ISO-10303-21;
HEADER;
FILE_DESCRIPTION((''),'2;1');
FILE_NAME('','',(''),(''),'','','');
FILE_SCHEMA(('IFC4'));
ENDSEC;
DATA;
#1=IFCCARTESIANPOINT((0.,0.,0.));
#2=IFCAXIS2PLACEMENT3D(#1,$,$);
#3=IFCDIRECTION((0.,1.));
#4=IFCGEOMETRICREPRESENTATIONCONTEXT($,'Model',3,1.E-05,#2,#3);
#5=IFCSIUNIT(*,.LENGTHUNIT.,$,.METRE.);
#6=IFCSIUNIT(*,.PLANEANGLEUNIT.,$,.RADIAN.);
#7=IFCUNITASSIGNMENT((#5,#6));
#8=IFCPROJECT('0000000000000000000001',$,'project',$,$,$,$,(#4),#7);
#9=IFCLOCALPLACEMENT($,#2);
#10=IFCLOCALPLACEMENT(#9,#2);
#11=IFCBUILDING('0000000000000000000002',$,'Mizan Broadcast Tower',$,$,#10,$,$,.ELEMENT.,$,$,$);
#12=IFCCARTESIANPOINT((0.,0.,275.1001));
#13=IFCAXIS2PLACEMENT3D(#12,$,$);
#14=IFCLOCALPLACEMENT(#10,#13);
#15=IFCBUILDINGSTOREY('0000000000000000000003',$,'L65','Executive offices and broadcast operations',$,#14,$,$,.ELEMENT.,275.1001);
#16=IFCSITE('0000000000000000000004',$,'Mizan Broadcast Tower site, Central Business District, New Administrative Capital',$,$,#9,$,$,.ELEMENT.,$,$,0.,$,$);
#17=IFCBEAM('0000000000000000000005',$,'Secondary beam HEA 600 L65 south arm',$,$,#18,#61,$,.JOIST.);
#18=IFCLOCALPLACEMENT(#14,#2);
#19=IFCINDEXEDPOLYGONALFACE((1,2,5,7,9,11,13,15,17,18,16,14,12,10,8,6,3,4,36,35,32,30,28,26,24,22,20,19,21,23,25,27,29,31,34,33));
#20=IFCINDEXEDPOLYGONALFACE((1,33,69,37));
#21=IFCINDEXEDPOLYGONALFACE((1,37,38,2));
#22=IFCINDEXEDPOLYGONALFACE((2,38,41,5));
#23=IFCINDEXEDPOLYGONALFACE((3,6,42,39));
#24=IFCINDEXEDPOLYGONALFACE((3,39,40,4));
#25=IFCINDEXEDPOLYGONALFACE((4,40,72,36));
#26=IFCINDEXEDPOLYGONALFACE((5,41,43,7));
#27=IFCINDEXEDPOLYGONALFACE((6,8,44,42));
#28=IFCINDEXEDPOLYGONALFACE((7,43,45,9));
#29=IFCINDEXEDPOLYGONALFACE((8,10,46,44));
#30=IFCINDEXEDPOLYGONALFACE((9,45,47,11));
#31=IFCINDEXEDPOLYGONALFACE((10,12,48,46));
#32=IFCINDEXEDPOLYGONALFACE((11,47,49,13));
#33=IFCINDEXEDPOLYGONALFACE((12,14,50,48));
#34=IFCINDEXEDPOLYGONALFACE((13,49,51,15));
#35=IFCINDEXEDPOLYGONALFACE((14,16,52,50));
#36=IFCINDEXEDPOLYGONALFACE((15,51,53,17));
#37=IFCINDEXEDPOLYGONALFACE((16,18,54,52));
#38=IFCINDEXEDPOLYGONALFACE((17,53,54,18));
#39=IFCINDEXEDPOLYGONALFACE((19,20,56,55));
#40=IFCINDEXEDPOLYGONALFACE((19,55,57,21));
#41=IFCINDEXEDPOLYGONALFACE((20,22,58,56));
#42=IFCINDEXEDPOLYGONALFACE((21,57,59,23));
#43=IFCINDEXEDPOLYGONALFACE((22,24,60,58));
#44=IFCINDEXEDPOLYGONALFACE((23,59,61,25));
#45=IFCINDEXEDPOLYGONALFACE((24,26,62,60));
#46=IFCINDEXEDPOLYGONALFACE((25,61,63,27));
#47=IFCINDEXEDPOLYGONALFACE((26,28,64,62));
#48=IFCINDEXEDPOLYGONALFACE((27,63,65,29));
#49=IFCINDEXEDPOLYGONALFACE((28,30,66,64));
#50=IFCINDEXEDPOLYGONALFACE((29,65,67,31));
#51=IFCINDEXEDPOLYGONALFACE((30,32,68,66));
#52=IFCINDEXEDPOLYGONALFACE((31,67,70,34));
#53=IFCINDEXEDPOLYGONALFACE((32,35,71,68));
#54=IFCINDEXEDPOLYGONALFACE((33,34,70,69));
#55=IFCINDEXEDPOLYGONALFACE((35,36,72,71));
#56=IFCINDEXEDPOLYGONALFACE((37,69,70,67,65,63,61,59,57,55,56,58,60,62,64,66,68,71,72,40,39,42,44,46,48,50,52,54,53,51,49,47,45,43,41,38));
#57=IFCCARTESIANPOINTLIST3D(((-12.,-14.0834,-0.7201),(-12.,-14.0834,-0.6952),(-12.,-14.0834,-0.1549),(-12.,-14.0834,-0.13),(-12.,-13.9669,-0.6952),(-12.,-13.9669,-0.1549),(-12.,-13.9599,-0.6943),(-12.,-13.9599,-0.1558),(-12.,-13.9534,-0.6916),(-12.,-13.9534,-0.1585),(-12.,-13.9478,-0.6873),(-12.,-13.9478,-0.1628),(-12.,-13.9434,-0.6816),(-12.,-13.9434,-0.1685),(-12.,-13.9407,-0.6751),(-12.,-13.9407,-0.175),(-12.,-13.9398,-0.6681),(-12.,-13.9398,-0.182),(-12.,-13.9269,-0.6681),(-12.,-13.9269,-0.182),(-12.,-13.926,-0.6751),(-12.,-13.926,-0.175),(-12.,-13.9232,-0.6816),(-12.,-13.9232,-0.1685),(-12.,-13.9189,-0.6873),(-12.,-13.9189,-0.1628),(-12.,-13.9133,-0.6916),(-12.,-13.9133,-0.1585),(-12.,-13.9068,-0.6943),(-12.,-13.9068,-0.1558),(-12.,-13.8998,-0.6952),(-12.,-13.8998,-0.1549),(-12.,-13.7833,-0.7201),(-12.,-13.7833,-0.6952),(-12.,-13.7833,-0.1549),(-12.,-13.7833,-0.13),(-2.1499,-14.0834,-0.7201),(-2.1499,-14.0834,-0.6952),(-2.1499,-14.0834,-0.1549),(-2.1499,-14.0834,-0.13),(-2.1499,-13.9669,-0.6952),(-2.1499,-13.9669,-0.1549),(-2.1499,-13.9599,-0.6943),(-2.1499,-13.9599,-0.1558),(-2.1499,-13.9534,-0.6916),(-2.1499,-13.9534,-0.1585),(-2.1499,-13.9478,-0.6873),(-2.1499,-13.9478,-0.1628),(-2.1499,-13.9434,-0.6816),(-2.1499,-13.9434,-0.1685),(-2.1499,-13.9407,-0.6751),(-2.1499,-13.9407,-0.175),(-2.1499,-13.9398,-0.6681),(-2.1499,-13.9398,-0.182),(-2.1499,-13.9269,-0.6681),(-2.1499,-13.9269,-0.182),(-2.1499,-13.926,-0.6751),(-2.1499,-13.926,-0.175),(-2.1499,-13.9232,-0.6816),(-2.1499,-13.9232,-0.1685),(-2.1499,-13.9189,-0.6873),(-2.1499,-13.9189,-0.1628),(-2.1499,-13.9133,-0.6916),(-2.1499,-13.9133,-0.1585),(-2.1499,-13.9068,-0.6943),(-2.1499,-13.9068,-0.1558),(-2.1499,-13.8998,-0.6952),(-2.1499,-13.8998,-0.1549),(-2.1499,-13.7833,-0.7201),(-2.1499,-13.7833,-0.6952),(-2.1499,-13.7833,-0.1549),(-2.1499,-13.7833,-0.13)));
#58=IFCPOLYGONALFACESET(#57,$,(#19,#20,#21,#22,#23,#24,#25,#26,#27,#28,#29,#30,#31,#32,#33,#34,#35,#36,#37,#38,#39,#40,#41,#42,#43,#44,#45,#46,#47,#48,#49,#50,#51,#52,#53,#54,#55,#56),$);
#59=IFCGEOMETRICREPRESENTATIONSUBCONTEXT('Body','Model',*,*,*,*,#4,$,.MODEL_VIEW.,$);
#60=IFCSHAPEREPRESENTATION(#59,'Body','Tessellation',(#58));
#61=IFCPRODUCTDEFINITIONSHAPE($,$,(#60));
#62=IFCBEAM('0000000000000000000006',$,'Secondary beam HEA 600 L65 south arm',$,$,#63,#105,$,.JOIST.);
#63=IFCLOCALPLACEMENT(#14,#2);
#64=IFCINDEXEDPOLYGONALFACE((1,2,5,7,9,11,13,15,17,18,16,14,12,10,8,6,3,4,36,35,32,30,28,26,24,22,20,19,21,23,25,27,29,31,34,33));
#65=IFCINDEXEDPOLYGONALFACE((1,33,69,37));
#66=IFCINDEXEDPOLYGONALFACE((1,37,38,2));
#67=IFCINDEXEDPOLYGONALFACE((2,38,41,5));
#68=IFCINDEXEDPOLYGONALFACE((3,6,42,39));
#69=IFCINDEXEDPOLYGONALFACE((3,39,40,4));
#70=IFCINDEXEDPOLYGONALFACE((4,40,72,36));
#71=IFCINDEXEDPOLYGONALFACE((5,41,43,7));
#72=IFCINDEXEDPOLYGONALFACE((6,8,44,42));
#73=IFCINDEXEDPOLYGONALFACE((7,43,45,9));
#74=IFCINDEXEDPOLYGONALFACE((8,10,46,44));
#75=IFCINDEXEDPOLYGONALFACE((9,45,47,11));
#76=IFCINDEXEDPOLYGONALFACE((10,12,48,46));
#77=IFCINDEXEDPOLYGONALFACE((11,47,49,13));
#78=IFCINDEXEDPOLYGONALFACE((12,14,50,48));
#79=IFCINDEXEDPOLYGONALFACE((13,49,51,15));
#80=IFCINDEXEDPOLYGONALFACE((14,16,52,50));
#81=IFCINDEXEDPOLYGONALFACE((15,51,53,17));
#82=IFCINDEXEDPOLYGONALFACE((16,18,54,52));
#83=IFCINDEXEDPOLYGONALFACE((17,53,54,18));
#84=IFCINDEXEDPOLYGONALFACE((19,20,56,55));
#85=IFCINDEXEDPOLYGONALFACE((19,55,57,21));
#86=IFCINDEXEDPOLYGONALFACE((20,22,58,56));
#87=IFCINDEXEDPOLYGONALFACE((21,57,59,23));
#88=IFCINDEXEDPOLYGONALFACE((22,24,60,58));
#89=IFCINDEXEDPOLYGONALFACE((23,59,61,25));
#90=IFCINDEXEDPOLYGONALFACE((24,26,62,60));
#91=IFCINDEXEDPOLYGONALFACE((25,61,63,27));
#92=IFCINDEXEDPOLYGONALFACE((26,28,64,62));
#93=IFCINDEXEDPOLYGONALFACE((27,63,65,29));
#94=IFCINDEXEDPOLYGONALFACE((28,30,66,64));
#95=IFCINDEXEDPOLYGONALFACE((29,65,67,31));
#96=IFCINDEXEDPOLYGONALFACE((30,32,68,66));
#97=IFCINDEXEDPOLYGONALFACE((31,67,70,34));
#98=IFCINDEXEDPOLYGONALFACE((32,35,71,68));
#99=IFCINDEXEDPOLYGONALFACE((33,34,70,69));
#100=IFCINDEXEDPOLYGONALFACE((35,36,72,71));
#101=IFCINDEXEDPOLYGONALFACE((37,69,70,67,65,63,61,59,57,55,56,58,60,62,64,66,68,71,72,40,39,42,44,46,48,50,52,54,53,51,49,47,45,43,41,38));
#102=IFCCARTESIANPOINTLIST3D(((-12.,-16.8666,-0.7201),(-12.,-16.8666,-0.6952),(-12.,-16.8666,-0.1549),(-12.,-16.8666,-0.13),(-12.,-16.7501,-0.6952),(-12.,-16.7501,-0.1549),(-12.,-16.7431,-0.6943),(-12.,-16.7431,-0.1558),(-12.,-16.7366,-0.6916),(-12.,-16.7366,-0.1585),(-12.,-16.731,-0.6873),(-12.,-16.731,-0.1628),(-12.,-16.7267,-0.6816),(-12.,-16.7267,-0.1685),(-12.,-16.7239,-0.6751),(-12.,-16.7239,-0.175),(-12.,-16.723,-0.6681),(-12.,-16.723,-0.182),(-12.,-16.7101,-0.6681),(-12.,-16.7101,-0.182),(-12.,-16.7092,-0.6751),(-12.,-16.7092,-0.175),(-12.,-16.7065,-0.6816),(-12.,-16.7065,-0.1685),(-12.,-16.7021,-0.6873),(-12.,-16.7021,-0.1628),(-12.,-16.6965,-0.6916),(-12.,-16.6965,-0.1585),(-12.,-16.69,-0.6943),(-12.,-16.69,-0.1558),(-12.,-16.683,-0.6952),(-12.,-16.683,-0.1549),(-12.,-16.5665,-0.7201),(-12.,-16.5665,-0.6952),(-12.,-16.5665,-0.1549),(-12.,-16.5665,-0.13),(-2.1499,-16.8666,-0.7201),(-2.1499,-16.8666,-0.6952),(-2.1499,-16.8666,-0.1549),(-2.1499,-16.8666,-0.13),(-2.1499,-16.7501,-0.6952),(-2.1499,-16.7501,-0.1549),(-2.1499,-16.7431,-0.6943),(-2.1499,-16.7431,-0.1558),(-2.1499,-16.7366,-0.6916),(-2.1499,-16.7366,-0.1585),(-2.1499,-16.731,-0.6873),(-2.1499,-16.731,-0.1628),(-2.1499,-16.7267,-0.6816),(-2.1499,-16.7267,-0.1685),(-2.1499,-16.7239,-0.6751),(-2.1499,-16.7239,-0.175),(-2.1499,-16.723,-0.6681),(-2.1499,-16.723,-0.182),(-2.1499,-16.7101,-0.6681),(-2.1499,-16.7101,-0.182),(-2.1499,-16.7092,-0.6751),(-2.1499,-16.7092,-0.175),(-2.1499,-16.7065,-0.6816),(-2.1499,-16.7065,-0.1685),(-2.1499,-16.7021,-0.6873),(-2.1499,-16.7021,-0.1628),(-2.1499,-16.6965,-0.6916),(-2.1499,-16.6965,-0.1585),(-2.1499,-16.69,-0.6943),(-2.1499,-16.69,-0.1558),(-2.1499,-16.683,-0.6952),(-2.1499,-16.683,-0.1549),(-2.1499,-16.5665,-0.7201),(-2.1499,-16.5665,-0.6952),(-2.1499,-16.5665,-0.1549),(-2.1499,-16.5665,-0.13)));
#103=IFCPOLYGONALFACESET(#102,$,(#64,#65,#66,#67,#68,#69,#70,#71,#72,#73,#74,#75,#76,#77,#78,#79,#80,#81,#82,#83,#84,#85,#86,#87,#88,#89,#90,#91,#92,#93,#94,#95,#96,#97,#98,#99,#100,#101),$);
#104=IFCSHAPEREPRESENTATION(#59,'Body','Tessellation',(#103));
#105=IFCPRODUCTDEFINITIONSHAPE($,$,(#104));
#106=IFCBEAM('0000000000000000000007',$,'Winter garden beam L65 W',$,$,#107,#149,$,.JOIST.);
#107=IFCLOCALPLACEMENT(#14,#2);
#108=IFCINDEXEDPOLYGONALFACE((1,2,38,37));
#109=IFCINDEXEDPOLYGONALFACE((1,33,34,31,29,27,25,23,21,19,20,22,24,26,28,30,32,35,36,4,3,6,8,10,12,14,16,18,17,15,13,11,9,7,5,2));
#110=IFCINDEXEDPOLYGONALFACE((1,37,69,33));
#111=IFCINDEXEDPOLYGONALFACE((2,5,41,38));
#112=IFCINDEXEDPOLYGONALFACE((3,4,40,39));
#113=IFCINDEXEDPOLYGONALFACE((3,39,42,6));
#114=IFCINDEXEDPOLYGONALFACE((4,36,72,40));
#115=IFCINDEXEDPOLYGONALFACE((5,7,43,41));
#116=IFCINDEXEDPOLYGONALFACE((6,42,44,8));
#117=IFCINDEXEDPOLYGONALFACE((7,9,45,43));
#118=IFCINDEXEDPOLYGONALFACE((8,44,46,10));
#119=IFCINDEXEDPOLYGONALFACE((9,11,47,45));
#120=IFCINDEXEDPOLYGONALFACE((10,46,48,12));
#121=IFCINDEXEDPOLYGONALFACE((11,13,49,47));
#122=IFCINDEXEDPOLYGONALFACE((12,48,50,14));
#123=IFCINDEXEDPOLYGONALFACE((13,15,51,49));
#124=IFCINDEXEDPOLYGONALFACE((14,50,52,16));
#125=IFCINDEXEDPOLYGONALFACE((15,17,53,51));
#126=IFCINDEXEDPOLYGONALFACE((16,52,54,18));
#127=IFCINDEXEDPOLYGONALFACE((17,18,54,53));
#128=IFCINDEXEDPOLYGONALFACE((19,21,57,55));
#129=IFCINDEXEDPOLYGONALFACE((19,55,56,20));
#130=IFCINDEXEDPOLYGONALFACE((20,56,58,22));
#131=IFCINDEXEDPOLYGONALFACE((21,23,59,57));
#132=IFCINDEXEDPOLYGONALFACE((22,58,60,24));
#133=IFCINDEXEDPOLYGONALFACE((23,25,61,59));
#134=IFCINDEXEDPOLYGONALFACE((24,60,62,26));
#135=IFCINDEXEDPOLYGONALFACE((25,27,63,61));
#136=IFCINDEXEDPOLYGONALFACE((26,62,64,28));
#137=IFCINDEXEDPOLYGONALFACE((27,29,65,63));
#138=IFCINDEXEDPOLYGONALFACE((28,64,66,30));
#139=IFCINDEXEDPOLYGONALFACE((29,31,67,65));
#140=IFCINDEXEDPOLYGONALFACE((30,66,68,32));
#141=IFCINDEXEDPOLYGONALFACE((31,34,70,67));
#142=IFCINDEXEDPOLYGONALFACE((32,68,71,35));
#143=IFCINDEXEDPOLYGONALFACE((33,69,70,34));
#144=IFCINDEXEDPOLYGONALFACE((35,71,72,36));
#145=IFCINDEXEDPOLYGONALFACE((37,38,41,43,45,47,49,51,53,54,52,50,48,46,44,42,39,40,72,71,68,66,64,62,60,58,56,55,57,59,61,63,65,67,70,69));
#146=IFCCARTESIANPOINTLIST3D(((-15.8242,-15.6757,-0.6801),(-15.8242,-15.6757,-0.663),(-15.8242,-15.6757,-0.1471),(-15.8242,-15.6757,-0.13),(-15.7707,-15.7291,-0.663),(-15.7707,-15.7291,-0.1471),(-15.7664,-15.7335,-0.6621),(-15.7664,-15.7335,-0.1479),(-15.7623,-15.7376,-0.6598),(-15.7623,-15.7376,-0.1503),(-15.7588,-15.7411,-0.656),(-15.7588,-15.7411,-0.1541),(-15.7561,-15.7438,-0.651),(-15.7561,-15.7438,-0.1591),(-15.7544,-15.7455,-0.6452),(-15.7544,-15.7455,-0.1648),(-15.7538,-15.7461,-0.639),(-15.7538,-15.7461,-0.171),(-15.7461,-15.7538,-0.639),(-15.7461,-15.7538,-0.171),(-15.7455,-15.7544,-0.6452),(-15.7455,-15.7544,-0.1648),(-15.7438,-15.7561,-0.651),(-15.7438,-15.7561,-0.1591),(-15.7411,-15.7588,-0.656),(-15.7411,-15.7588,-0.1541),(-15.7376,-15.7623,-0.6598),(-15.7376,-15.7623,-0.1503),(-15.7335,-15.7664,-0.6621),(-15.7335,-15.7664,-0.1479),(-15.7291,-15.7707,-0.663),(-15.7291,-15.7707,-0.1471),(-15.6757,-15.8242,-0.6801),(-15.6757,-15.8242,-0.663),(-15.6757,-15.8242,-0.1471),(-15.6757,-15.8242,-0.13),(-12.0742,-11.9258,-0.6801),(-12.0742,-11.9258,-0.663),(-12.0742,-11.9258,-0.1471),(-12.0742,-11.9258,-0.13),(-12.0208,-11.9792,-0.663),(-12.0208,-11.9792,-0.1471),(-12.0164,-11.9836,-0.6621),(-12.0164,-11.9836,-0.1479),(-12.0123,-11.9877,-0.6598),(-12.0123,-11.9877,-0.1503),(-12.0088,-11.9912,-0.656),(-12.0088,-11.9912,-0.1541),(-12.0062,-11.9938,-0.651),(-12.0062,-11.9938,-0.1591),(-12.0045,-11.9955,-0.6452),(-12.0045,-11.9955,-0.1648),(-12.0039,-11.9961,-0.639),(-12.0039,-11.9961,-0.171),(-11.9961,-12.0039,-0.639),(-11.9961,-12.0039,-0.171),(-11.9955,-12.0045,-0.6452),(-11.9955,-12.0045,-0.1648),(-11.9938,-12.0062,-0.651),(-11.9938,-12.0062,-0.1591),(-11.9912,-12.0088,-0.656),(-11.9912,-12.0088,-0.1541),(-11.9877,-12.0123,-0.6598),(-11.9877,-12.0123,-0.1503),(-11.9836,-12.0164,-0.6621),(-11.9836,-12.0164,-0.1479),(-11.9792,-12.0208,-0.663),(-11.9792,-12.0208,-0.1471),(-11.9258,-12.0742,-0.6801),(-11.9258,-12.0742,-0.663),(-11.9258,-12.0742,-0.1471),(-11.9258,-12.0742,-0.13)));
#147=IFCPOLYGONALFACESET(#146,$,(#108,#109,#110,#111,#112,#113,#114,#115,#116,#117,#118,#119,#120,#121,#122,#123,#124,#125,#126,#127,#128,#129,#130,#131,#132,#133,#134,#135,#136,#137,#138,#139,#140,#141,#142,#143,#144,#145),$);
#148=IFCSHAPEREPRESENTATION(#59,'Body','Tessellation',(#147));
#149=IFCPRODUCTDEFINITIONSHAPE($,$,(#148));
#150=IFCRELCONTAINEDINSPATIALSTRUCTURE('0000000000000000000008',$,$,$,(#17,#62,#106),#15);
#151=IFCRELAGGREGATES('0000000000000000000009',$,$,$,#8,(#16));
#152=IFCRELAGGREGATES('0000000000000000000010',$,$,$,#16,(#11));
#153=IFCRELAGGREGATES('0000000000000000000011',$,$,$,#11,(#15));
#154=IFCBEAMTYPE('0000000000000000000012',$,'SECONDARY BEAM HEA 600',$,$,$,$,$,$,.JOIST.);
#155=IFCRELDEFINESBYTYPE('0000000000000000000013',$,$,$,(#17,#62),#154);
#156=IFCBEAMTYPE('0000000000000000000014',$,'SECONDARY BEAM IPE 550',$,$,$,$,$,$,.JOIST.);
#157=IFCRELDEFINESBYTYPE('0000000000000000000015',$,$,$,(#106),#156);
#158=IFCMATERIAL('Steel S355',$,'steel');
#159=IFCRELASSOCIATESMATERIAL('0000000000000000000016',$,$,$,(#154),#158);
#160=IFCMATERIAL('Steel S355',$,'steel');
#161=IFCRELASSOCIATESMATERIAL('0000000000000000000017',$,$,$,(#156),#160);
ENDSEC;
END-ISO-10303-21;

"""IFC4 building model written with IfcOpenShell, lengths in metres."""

from ifc_helpers import new_model, si_unit, direction, frame, origin, origin_2d, place, context, subcontext, project, spatial, i_section, extrude, material, material_profile, profile_set, type_object, element, save


model = new_model("IFC4")

# Units and contexts
model_context = context("Model", 3, precision=1e-05, world=origin(), true_north=direction((0.0, 1.0)))
body_context = subcontext(model_context, "Body", "Model", "MODEL_VIEW")
ifc_project = project(units=[si_unit("LENGTHUNIT", "METRE"), si_unit("PLANEANGLEUNIT", "RADIAN")], contexts=[model_context])

# Site, building, storey
site_placement = place(None, origin())
site = spatial("IfcSite", under=ifc_project, at=site_placement, Name="Mizan Broadcast Tower site, Central Business District, New Administrative Capital", CompositionType="ELEMENT", RefElevation=0.0)
building_placement = place(site_placement, origin())
building = spatial("IfcBuilding", under=site, at=building_placement, Name="Mizan Broadcast Tower", CompositionType="ELEMENT")
storey_placement = place(building_placement, frame((0.0, 0.0, 275.1001)))
storey = spatial("IfcBuildingStorey", under=building, at=storey_placement, Name="L65", Description="Executive offices and broadcast operations", CompositionType="ELEMENT", Elevation=275.1001)

# Beams
ifc_material_1 = material(Name="Steel S355", Category="steel")
ifc_material_profile_1 = material_profile(ifc_material_1, i_section(OverallWidth=0.3, OverallDepth=0.5901, WebThickness=0.0129, FlangeThickness=0.0249, FilletRadius=0.0271, at=origin_2d()), Name="HEA 600")
ifc_profile_set_1 = profile_set([ifc_material_profile_1], Name="Steel S355")
beam_type_1 = type_object("IfcBeamType", Name="SECONDARY BEAM HEA 600", PredefinedType="JOIST", material=ifc_profile_set_1)
for number, where, z_axis, x_axis, name in (
    (1, (-12.0, -13.9333, -0.425), (1.0, 0.0, 0.0), (0.0, 1.0, 0.0), "Secondary beam HEA 600 L65 south arm"),
    (2, (-12.0, -16.7166, -0.425), (1.0, 0.0, 0.0), (0.0, 1.0, 0.0), "Secondary beam HEA 600 L65 south arm"),
):
    element("IfcBeam", number, at=place(storey_placement, frame(where, z_axis=z_axis, x_axis=x_axis)), inside=storey, type_object=beam_type_1, Name=name, PredefinedType="JOIST", context=body_context, shape_type="SweptSolid", body=[
        extrude(i_section(OverallWidth=0.3, OverallDepth=0.5901, WebThickness=0.0129, FlangeThickness=0.0249, FilletRadius=0.0271, at=origin_2d()), origin(), (0.0, 0.0, 1.0), 9.8501),
    ])
ifc_material_2 = material(Name="Steel S355", Category="steel")
ifc_material_profile_2 = material_profile(ifc_material_2, i_section(OverallWidth=0.21, OverallDepth=0.55, WebThickness=0.011, FlangeThickness=0.0171, FilletRadius=0.0239, at=origin_2d()), Name="IPE 550")
ifc_profile_set_2 = profile_set([ifc_material_profile_2], Name="Steel S355")
beam_type_2 = type_object("IfcBeamType", Name="SECONDARY BEAM IPE 550", PredefinedType="JOIST", material=ifc_profile_set_2)
beam_1_placement = place(storey_placement, frame((-12.0, -12.0, -0.405), z_axis=(-0.707107, -0.707107, 0.0), x_axis=(0.707107, -0.707107, 0.0)))
element("IfcBeam", 3, at=beam_1_placement, inside=storey, type_object=beam_type_2, Name="Winter garden beam L65 W", PredefinedType="JOIST", context=body_context, shape_type="SweptSolid", body=[
    extrude(i_section(OverallWidth=0.21, OverallDepth=0.55, WebThickness=0.011, FlangeThickness=0.0171, FilletRadius=0.0239, at=origin_2d()), origin(), (0.0, 0.0, 1.0), 5.3032),
])

save(model, "model.ifc")
